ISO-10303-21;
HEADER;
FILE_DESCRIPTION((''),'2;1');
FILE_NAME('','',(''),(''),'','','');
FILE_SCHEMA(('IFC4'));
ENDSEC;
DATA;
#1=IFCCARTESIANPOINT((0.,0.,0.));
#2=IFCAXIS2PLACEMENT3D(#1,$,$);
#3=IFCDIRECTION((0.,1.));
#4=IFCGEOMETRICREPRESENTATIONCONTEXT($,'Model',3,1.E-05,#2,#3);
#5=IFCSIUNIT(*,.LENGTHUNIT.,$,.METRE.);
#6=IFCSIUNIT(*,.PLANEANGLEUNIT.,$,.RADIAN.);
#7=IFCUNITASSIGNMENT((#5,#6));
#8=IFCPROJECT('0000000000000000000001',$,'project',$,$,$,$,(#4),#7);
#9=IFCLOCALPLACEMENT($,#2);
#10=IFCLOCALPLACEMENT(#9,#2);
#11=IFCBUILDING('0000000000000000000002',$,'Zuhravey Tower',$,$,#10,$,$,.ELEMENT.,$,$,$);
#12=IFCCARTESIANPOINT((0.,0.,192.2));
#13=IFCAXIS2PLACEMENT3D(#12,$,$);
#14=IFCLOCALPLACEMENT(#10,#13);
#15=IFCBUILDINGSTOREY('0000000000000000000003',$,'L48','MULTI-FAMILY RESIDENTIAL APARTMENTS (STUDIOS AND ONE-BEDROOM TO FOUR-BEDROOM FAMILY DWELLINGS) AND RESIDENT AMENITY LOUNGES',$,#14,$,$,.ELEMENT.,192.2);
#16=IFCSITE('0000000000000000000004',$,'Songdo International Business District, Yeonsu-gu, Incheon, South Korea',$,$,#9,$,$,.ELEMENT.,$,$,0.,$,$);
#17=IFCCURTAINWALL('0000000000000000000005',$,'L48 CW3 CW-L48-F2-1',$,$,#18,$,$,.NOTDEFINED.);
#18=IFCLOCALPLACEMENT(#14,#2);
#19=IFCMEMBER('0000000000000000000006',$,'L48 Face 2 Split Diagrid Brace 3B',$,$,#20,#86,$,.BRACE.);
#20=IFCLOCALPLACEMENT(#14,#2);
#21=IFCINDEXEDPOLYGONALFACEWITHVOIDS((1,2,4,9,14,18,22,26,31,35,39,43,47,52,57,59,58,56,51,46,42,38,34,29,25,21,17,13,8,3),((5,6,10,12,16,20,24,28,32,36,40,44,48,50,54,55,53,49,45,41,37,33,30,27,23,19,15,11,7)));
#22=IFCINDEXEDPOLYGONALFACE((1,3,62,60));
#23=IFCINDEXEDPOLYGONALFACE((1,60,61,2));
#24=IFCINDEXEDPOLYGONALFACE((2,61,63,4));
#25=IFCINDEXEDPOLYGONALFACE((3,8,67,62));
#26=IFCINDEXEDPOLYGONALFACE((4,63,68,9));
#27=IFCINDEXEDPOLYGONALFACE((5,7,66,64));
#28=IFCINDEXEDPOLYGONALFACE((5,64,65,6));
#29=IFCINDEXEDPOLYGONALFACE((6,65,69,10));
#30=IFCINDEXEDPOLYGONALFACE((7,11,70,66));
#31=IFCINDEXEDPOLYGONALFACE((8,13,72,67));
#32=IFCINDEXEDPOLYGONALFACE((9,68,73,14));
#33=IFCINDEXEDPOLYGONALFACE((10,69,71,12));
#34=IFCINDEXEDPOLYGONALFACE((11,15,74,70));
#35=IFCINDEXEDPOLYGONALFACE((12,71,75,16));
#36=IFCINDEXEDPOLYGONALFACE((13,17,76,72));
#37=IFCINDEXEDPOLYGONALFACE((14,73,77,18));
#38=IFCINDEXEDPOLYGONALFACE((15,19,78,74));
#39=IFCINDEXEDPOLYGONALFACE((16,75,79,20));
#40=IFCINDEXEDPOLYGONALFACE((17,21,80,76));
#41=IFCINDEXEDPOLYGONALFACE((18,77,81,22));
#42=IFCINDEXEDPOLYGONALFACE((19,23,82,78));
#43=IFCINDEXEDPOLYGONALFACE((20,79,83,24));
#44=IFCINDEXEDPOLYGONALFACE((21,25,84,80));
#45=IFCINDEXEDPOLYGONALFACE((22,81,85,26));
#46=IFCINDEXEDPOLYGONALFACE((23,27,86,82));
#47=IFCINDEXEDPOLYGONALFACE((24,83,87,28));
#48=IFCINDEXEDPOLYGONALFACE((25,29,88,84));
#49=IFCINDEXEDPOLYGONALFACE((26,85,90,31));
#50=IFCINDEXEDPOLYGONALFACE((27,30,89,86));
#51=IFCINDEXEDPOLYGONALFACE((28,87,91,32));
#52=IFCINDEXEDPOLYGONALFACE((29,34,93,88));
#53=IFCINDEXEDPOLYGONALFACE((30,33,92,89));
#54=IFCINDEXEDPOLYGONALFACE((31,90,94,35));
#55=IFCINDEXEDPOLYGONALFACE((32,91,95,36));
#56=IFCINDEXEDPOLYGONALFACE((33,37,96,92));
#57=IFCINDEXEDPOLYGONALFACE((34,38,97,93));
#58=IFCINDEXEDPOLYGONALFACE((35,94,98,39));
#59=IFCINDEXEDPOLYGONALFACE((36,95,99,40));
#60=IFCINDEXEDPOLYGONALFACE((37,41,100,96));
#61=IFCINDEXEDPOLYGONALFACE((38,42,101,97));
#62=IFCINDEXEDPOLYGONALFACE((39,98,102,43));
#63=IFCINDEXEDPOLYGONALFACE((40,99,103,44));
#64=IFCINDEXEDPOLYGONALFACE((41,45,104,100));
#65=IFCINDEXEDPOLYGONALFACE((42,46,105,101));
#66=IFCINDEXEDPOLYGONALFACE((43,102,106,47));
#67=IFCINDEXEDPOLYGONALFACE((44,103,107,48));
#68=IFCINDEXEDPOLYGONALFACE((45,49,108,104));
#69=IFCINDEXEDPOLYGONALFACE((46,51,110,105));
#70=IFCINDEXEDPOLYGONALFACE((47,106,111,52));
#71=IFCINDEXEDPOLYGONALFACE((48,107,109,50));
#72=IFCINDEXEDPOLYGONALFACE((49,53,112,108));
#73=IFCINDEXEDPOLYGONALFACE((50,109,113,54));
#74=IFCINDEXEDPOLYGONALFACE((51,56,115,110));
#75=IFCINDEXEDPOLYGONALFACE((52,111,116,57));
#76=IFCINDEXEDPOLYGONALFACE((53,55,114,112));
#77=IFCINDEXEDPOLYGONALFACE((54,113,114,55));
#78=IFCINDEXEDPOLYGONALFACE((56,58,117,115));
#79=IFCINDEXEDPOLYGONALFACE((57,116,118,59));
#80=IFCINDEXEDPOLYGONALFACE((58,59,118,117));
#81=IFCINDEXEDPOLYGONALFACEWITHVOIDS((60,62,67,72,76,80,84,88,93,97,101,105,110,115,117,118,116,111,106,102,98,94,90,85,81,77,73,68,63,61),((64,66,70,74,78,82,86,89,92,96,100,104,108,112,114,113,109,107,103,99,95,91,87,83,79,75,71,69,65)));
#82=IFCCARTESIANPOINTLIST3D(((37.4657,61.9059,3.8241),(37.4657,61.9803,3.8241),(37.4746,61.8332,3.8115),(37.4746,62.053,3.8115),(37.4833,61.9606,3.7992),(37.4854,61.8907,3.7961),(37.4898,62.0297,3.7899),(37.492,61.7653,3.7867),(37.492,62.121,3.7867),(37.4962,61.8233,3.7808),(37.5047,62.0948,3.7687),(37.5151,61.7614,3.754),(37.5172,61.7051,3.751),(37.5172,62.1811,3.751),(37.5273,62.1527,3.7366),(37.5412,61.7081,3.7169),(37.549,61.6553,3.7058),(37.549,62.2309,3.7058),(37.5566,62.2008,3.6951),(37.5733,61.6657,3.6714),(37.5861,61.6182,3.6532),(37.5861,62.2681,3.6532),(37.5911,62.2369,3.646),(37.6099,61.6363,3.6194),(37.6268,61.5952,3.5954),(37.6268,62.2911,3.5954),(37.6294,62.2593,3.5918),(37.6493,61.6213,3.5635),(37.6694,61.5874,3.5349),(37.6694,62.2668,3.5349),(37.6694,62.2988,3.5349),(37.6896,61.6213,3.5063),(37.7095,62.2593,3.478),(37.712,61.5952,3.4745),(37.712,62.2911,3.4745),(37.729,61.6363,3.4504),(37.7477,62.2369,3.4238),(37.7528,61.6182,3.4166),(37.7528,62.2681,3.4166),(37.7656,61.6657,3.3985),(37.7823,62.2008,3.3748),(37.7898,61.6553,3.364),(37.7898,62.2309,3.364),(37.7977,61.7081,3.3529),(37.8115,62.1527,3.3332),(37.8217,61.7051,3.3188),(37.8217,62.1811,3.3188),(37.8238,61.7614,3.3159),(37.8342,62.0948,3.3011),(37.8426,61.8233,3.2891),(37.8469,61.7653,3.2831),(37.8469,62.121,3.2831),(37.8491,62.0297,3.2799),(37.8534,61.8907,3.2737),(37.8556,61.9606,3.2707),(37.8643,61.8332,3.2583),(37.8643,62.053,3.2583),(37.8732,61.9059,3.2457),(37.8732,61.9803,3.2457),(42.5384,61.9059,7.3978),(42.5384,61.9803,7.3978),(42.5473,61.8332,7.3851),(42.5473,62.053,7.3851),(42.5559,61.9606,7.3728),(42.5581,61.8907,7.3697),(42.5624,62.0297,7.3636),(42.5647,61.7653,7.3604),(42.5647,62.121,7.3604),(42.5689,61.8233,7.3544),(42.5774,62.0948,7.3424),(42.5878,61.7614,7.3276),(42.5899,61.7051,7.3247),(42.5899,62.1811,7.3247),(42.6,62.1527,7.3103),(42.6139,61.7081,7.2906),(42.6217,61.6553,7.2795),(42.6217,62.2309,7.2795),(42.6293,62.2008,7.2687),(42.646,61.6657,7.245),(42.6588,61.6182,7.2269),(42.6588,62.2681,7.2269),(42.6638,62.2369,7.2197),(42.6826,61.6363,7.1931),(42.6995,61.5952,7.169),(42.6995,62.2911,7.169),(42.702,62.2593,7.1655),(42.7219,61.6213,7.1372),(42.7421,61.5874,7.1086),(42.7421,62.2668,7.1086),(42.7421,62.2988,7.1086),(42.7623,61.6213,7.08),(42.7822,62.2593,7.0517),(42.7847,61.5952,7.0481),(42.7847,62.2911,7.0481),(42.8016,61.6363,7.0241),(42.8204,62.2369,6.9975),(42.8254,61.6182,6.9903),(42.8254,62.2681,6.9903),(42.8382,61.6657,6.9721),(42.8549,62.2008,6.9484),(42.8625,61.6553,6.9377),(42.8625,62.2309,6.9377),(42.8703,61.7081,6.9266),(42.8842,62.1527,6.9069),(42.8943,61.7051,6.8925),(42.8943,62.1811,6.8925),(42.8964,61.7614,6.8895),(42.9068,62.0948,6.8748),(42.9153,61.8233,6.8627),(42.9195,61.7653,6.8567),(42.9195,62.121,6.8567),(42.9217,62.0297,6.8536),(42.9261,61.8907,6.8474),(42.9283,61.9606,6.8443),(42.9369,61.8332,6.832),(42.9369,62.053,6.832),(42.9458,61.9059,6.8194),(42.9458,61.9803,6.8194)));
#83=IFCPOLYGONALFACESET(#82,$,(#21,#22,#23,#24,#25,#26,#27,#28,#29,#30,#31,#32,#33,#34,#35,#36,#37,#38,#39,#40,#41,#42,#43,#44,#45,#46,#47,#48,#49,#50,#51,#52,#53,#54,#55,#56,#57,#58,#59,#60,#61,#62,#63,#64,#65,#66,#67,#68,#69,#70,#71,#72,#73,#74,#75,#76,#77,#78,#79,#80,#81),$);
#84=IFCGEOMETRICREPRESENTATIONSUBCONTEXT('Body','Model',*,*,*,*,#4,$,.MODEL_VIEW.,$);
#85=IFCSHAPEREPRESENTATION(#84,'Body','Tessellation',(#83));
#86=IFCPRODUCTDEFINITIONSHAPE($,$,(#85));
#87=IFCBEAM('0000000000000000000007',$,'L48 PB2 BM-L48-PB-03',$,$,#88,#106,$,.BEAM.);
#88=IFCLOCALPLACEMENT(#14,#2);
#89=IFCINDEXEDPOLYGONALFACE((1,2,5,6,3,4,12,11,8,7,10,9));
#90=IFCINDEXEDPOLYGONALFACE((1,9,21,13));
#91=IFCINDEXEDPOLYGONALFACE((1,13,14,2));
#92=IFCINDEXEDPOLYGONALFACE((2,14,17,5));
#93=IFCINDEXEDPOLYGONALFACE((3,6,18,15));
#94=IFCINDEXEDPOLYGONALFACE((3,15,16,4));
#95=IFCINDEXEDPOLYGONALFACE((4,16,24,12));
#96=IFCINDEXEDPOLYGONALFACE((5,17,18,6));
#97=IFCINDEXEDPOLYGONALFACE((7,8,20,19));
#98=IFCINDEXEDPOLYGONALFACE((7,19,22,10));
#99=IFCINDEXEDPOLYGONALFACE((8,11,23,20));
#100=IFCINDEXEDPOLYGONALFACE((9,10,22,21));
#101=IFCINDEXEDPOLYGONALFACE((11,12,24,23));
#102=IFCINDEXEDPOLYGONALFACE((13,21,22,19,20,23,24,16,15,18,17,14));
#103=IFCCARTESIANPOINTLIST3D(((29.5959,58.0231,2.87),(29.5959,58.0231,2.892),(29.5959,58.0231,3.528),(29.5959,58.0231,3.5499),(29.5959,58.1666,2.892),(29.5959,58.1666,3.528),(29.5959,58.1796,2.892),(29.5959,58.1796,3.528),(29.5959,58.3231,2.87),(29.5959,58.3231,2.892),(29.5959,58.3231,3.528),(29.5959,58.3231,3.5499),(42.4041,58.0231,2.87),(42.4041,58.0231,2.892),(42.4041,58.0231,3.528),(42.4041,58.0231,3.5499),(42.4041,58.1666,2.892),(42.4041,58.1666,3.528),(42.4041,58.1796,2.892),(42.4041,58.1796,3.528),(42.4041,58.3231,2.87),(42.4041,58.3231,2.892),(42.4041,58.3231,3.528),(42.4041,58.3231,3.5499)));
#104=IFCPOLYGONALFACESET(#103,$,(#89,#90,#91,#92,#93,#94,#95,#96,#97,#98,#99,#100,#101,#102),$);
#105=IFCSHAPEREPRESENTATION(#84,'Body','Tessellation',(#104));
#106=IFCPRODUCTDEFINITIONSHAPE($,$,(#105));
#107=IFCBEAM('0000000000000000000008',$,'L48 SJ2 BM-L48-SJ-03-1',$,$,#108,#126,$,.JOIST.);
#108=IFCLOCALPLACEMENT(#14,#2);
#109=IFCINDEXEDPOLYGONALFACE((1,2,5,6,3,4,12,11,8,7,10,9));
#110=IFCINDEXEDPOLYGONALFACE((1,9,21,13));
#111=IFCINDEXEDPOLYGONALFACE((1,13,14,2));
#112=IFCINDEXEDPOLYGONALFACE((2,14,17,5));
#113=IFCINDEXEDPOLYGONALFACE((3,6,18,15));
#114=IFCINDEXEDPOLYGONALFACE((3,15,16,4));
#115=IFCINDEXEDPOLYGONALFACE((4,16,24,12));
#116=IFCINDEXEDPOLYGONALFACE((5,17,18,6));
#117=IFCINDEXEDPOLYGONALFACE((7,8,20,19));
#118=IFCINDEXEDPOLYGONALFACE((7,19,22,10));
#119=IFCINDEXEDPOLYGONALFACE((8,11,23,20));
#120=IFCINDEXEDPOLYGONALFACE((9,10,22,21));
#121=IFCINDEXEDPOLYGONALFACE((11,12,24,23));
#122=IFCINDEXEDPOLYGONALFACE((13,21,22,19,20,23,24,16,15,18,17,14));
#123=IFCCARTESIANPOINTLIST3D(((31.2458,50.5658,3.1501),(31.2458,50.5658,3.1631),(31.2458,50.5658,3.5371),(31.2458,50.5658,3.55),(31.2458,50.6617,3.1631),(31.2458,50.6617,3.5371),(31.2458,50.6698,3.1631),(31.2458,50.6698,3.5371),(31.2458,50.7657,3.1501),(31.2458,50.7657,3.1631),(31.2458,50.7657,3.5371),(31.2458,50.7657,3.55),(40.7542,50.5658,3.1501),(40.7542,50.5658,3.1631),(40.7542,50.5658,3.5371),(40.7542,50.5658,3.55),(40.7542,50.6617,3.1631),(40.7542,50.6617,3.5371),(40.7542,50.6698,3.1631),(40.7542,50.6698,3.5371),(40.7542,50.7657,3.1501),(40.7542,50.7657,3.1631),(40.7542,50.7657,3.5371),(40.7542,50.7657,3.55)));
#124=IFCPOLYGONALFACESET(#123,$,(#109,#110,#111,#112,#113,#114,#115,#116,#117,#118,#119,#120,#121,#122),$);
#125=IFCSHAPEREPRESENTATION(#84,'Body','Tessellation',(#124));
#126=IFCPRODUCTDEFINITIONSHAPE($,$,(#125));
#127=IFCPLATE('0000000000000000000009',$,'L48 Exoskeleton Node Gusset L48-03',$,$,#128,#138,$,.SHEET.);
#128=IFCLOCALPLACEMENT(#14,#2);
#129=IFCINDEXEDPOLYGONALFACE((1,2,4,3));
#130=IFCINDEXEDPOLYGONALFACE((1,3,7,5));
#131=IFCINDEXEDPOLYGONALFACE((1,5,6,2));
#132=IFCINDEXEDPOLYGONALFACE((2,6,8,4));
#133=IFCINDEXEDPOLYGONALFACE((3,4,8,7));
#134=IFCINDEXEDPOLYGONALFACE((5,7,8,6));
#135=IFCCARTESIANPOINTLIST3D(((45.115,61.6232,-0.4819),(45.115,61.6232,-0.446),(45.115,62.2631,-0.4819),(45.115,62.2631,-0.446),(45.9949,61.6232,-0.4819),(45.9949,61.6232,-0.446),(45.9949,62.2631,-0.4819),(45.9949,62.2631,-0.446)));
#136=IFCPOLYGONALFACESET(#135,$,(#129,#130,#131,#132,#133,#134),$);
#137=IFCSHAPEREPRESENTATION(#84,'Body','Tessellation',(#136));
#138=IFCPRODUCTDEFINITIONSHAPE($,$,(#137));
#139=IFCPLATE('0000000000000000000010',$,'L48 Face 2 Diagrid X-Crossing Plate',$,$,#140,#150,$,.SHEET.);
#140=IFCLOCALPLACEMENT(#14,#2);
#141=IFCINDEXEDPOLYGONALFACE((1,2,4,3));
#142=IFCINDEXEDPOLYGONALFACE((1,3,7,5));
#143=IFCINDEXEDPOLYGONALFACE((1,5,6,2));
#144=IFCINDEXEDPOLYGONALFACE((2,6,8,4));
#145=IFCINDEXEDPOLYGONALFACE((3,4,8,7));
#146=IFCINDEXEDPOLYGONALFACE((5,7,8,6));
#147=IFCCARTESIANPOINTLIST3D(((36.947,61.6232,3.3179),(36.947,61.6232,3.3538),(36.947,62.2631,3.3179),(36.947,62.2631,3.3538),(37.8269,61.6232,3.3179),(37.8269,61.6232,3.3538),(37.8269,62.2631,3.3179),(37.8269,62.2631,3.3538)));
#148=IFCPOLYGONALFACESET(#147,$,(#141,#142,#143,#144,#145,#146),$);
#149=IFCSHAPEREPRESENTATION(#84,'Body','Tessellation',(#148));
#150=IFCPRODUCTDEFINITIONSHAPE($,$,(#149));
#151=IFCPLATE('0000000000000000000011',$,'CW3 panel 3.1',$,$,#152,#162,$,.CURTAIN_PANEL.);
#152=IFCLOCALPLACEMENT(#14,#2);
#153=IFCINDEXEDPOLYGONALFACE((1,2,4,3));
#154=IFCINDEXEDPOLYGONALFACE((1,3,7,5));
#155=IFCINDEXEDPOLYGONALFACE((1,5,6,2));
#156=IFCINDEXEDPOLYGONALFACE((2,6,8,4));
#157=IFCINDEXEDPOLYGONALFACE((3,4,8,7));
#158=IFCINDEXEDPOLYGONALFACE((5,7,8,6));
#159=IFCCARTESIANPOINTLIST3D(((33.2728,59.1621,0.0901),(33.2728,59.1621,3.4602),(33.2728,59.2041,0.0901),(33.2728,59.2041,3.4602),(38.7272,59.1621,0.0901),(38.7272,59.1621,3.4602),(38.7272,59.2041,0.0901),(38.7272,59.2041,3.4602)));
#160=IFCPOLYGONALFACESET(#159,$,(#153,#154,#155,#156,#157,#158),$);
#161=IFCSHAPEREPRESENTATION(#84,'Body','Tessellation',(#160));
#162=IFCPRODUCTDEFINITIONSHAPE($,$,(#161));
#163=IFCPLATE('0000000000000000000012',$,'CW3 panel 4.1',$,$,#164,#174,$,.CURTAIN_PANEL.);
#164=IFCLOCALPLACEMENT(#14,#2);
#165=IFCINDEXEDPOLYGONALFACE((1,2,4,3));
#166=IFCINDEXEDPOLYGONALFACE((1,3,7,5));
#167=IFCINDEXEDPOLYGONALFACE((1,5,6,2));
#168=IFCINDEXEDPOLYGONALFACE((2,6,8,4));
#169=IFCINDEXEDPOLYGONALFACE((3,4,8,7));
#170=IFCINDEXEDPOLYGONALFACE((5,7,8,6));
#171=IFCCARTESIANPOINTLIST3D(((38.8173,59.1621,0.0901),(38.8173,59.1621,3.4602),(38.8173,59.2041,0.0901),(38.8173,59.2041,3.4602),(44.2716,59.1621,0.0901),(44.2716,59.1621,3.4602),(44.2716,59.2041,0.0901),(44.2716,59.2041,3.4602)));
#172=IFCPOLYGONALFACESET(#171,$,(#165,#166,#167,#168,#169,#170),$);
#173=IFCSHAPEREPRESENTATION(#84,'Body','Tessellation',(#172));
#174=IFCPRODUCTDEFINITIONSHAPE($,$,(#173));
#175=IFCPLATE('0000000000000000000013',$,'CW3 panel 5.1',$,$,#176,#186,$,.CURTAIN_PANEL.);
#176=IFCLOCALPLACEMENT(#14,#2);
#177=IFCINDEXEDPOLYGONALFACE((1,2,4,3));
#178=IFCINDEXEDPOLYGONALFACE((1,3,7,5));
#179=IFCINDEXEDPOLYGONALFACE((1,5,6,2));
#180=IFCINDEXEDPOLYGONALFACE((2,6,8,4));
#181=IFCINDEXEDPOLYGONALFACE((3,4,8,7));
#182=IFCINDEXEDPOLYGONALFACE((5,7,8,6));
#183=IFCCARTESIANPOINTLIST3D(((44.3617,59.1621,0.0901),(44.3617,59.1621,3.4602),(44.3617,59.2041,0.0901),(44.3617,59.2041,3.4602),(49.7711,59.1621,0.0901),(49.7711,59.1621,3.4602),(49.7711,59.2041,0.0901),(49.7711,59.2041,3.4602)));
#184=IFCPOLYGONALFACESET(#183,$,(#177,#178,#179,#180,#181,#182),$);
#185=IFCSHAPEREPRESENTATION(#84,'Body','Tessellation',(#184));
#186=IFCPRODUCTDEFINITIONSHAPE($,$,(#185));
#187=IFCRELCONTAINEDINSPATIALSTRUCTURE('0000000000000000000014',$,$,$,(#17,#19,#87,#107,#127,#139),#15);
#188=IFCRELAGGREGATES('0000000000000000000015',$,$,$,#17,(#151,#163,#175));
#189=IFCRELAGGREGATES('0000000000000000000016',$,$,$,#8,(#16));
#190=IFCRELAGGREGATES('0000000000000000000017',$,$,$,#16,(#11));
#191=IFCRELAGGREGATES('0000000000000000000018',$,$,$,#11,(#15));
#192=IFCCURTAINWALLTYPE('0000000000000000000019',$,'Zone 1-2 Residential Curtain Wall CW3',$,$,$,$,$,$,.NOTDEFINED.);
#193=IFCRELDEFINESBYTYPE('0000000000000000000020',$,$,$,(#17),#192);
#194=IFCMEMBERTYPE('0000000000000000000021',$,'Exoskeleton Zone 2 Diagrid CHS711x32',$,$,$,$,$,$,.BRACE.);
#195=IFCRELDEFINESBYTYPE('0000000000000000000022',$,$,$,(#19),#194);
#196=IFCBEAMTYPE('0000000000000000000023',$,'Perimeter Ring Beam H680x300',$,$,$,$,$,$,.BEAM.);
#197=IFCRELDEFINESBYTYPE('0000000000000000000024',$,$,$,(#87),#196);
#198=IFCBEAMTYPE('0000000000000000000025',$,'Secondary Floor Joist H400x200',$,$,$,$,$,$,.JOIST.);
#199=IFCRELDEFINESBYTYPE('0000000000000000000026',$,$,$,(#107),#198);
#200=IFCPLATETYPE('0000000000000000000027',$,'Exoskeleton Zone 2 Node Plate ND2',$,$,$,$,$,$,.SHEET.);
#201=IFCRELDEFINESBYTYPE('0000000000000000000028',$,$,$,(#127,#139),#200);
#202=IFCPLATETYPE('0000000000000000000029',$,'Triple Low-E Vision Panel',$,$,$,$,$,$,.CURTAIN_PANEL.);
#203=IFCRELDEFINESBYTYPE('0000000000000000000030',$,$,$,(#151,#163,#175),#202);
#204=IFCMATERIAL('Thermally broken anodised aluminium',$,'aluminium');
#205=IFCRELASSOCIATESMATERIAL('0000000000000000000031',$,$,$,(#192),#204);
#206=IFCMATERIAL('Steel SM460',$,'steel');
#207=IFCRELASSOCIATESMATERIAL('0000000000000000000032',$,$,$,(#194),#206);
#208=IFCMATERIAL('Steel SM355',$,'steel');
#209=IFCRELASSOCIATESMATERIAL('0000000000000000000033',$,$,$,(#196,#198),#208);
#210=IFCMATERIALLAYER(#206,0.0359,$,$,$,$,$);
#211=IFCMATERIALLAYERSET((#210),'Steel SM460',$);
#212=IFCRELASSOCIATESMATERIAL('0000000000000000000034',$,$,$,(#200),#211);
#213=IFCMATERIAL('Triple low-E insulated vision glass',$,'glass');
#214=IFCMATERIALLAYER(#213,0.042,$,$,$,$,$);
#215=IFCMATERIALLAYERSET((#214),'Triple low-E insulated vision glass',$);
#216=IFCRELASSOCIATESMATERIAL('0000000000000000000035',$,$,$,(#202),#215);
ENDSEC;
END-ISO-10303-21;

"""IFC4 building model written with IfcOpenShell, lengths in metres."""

from ifc_helpers import new_model, si_unit, direction, frame, origin, origin_2d, place, context, subcontext, project, spatial, rectangle, hollow_circle, i_section, extrude, material, layer, layer_set, material_profile, profile_set, type_object, element, aggregate, save


model = new_model("IFC4")

# Units and contexts
model_context = context("Model", 3, precision=1e-05, world=origin(), true_north=direction((0.0, 1.0)))
body_context = subcontext(model_context, "Body", "Model", "MODEL_VIEW")
ifc_project = project(units=[si_unit("LENGTHUNIT", "METRE"), si_unit("PLANEANGLEUNIT", "RADIAN")], contexts=[model_context])

# Site, building, storey
site_placement = place(None, origin())
site = spatial("IfcSite", under=ifc_project, at=site_placement, Name="Songdo International Business District, Yeonsu-gu, Incheon, South Korea", CompositionType="ELEMENT", RefElevation=0.0)
building_placement = place(site_placement, origin())
building = spatial("IfcBuilding", under=site, at=building_placement, Name="Zuhravey Tower", CompositionType="ELEMENT")
storey_placement = place(building_placement, frame((0.0, 0.0, 192.2)))
storey = spatial("IfcBuildingStorey", under=building, at=storey_placement, Name="L48", Description="MULTI-FAMILY RESIDENTIAL APARTMENTS (STUDIOS AND ONE-BEDROOM TO FOUR-BEDROOM FAMILY DWELLINGS) AND RESIDENT AMENITY LOUNGES", CompositionType="ELEMENT", Elevation=192.2)

# Curtain wall
ifc_material_1 = material(Name="Thermally broken anodised aluminium", Category="aluminium")
curtain_wall_type = type_object("IfcCurtainWallType", Name="Zone 1-2 Residential Curtain Wall CW3", PredefinedType="NOTDEFINED", material=ifc_material_1)
curtain_wall_placement = place(storey_placement, origin())
curtain_wall = element("IfcCurtainWall", 1, at=curtain_wall_placement, inside=storey, type_object=curtain_wall_type, Name="L48 CW3 CW-L48-F2-1", PredefinedType="NOTDEFINED")

# Member
ifc_material_2 = material(Name="Steel SM355", Category="steel")
ifc_material_3 = material(Name="Steel SM460", Category="steel")
ifc_material_profile_1 = material_profile(ifc_material_3, hollow_circle(Radius=0.3557, WallThickness=0.032, at=origin_2d()), Name="CHS-711.2x32")
ifc_profile_set_1 = profile_set([ifc_material_profile_1], Name="Steel SM460")
member_type_1 = type_object("IfcMemberType", Name="Exoskeleton Zone 2 Diagrid CHS711x32", PredefinedType="BRACE", material=ifc_profile_set_1)
member_1_placement = place(storey_placement, frame((37.6694, 61.9431, 3.5349), z_axis=(0.817502, 0.0, 0.575926), x_axis=(0.0, 1.0, 0.0)))
element("IfcMember", 2, at=member_1_placement, inside=storey, type_object=member_type_1, Name="L48 Face 2 Split Diagrid Brace 3B", PredefinedType="BRACE", context=body_context, shape_type="SweptSolid", body=[
    extrude(hollow_circle(Radius=0.3557, WallThickness=0.032, at=origin_2d()), origin(), (0.0, 0.0, 1.0), 6.2051),
])

# Beams
ifc_material_profile_2 = material_profile(ifc_material_2, i_section(OverallWidth=0.3, OverallDepth=0.6799, WebThickness=0.0129, FlangeThickness=0.022, at=origin_2d()), Name="H-680x300x13x22")
ifc_profile_set_2 = profile_set([ifc_material_profile_2], Name="Steel SM355")
beam_type_1 = type_object("IfcBeamType", Name="Perimeter Ring Beam H680x300", PredefinedType="BEAM", material=ifc_profile_set_2)
beam_1_placement = place(storey_placement, frame((42.4041, 58.1731, 3.21), z_axis=(-1.0, 0.0, 0.0), x_axis=(0.0, -1.0, 0.0)))
element("IfcBeam", 3, at=beam_1_placement, inside=storey, type_object=beam_type_1, Name="L48 PB2 BM-L48-PB-03", PredefinedType="BEAM", context=body_context, shape_type="SweptSolid", body=[
    extrude(i_section(OverallWidth=0.3, OverallDepth=0.6799, WebThickness=0.0129, FlangeThickness=0.022, at=origin_2d()), origin(), (0.0, 0.0, 1.0), 12.8081),
])
ifc_material_profile_3 = material_profile(ifc_material_2, i_section(OverallWidth=0.2, OverallDepth=0.3999, WebThickness=0.0081, FlangeThickness=0.0129, at=origin_2d()), Name="H-400x200x8x13")
ifc_profile_set_3 = profile_set([ifc_material_profile_3], Name="Steel SM355")
beam_type_2 = type_object("IfcBeamType", Name="Secondary Floor Joist H400x200", PredefinedType="JOIST", material=ifc_profile_set_3)
beam_2_placement = place(storey_placement, frame((40.7542, 50.6658, 3.3501), z_axis=(-1.0, 0.0, 0.0), x_axis=(0.0, -1.0, 0.0)))
element("IfcBeam", 4, at=beam_2_placement, inside=storey, type_object=beam_type_2, Name="L48 SJ2 BM-L48-SJ-03-1", PredefinedType="JOIST", context=body_context, shape_type="SweptSolid", body=[
    extrude(i_section(OverallWidth=0.2, OverallDepth=0.3999, WebThickness=0.0081, FlangeThickness=0.0129, at=origin_2d()), origin(), (0.0, 0.0, 1.0), 9.5083),
])

# Plates
ifc_layer_1 = layer(ifc_material_3, 0.0359)
ifc_layer_set_1 = layer_set([ifc_layer_1], Name="Steel SM460")
plate_type_1 = type_object("IfcPlateType", Name="Exoskeleton Zone 2 Node Plate ND2", PredefinedType="SHEET", material=ifc_layer_set_1)
for number, where, z_axis, x_axis, name in (
    (5, (45.5549, 61.9431, -0.4819), (0.0, 0.0, 1.0), (-1.0, 0.0, 0.0), "L48 Exoskeleton Node Gusset L48-03"),
    (6, (37.387, 61.9431, 3.3179), (0.0, 0.0, 1.0), (-1.0, 0.0, 0.0), "L48 Face 2 Diagrid X-Crossing Plate"),
):
    element("IfcPlate", number, at=place(storey_placement, frame(where, z_axis=z_axis, x_axis=x_axis)), inside=storey, type_object=plate_type_1, Name=name, PredefinedType="SHEET", context=body_context, shape_type="SweptSolid", body=[
        extrude(rectangle(XDim=0.8799, YDim=0.6399, at=origin_2d()), origin(), (0.0, 0.0, 1.0), 0.0359),
    ])

# Plates
ifc_material_4 = material(Name="Triple low-E insulated vision glass", Category="glass")
ifc_layer_2 = layer(ifc_material_4, 0.042)
ifc_layer_set_2 = layer_set([ifc_layer_2], Name="Triple low-E insulated vision glass")
plate_type_2 = type_object("IfcPlateType", Name="Triple Low-E Vision Panel", PredefinedType="CURTAIN_PANEL", material=ifc_layer_set_2)
plate_1_placement = place(storey_placement, frame((36.0, 59.1831, 0.0901), z_axis=(0.0, 0.0, 1.0), x_axis=(1.0, 0.0, 0.0)))
plate_1 = element("IfcPlate", 7, at=plate_1_placement, type_object=plate_type_2, Name="CW3 panel 3.1", PredefinedType="CURTAIN_PANEL", context=body_context, shape_type="SweptSolid", body=[
    extrude(rectangle(XDim=5.4543, YDim=0.042, at=origin_2d()), origin(), (0.0, 0.0, 1.0), 3.3701),
])
plate_2_placement = place(storey_placement, frame((41.5444, 59.1831, 0.0901), z_axis=(0.0, 0.0, 1.0), x_axis=(1.0, 0.0, 0.0)))
plate_2 = element("IfcPlate", 8, at=plate_2_placement, type_object=plate_type_2, Name="CW3 panel 4.1", PredefinedType="CURTAIN_PANEL", context=body_context, shape_type="SweptSolid", body=[
    extrude(rectangle(XDim=5.4543, YDim=0.042, at=origin_2d()), origin(), (0.0, 0.0, 1.0), 3.3701),
])
plate_3_placement = place(storey_placement, frame((47.0664, 59.1831, 0.0901), z_axis=(0.0, 0.0, 1.0), x_axis=(1.0, 0.0, 0.0)))
plate_3 = element("IfcPlate", 9, at=plate_3_placement, type_object=plate_type_2, Name="CW3 panel 5.1", PredefinedType="CURTAIN_PANEL", context=body_context, shape_type="SweptSolid", body=[
    extrude(rectangle(XDim=5.4094, YDim=0.042, at=origin_2d()), origin(), (0.0, 0.0, 1.0), 3.3701),
])
aggregate(curtain_wall, [plate_1, plate_2, plate_3])

save(model, "model.ifc")
